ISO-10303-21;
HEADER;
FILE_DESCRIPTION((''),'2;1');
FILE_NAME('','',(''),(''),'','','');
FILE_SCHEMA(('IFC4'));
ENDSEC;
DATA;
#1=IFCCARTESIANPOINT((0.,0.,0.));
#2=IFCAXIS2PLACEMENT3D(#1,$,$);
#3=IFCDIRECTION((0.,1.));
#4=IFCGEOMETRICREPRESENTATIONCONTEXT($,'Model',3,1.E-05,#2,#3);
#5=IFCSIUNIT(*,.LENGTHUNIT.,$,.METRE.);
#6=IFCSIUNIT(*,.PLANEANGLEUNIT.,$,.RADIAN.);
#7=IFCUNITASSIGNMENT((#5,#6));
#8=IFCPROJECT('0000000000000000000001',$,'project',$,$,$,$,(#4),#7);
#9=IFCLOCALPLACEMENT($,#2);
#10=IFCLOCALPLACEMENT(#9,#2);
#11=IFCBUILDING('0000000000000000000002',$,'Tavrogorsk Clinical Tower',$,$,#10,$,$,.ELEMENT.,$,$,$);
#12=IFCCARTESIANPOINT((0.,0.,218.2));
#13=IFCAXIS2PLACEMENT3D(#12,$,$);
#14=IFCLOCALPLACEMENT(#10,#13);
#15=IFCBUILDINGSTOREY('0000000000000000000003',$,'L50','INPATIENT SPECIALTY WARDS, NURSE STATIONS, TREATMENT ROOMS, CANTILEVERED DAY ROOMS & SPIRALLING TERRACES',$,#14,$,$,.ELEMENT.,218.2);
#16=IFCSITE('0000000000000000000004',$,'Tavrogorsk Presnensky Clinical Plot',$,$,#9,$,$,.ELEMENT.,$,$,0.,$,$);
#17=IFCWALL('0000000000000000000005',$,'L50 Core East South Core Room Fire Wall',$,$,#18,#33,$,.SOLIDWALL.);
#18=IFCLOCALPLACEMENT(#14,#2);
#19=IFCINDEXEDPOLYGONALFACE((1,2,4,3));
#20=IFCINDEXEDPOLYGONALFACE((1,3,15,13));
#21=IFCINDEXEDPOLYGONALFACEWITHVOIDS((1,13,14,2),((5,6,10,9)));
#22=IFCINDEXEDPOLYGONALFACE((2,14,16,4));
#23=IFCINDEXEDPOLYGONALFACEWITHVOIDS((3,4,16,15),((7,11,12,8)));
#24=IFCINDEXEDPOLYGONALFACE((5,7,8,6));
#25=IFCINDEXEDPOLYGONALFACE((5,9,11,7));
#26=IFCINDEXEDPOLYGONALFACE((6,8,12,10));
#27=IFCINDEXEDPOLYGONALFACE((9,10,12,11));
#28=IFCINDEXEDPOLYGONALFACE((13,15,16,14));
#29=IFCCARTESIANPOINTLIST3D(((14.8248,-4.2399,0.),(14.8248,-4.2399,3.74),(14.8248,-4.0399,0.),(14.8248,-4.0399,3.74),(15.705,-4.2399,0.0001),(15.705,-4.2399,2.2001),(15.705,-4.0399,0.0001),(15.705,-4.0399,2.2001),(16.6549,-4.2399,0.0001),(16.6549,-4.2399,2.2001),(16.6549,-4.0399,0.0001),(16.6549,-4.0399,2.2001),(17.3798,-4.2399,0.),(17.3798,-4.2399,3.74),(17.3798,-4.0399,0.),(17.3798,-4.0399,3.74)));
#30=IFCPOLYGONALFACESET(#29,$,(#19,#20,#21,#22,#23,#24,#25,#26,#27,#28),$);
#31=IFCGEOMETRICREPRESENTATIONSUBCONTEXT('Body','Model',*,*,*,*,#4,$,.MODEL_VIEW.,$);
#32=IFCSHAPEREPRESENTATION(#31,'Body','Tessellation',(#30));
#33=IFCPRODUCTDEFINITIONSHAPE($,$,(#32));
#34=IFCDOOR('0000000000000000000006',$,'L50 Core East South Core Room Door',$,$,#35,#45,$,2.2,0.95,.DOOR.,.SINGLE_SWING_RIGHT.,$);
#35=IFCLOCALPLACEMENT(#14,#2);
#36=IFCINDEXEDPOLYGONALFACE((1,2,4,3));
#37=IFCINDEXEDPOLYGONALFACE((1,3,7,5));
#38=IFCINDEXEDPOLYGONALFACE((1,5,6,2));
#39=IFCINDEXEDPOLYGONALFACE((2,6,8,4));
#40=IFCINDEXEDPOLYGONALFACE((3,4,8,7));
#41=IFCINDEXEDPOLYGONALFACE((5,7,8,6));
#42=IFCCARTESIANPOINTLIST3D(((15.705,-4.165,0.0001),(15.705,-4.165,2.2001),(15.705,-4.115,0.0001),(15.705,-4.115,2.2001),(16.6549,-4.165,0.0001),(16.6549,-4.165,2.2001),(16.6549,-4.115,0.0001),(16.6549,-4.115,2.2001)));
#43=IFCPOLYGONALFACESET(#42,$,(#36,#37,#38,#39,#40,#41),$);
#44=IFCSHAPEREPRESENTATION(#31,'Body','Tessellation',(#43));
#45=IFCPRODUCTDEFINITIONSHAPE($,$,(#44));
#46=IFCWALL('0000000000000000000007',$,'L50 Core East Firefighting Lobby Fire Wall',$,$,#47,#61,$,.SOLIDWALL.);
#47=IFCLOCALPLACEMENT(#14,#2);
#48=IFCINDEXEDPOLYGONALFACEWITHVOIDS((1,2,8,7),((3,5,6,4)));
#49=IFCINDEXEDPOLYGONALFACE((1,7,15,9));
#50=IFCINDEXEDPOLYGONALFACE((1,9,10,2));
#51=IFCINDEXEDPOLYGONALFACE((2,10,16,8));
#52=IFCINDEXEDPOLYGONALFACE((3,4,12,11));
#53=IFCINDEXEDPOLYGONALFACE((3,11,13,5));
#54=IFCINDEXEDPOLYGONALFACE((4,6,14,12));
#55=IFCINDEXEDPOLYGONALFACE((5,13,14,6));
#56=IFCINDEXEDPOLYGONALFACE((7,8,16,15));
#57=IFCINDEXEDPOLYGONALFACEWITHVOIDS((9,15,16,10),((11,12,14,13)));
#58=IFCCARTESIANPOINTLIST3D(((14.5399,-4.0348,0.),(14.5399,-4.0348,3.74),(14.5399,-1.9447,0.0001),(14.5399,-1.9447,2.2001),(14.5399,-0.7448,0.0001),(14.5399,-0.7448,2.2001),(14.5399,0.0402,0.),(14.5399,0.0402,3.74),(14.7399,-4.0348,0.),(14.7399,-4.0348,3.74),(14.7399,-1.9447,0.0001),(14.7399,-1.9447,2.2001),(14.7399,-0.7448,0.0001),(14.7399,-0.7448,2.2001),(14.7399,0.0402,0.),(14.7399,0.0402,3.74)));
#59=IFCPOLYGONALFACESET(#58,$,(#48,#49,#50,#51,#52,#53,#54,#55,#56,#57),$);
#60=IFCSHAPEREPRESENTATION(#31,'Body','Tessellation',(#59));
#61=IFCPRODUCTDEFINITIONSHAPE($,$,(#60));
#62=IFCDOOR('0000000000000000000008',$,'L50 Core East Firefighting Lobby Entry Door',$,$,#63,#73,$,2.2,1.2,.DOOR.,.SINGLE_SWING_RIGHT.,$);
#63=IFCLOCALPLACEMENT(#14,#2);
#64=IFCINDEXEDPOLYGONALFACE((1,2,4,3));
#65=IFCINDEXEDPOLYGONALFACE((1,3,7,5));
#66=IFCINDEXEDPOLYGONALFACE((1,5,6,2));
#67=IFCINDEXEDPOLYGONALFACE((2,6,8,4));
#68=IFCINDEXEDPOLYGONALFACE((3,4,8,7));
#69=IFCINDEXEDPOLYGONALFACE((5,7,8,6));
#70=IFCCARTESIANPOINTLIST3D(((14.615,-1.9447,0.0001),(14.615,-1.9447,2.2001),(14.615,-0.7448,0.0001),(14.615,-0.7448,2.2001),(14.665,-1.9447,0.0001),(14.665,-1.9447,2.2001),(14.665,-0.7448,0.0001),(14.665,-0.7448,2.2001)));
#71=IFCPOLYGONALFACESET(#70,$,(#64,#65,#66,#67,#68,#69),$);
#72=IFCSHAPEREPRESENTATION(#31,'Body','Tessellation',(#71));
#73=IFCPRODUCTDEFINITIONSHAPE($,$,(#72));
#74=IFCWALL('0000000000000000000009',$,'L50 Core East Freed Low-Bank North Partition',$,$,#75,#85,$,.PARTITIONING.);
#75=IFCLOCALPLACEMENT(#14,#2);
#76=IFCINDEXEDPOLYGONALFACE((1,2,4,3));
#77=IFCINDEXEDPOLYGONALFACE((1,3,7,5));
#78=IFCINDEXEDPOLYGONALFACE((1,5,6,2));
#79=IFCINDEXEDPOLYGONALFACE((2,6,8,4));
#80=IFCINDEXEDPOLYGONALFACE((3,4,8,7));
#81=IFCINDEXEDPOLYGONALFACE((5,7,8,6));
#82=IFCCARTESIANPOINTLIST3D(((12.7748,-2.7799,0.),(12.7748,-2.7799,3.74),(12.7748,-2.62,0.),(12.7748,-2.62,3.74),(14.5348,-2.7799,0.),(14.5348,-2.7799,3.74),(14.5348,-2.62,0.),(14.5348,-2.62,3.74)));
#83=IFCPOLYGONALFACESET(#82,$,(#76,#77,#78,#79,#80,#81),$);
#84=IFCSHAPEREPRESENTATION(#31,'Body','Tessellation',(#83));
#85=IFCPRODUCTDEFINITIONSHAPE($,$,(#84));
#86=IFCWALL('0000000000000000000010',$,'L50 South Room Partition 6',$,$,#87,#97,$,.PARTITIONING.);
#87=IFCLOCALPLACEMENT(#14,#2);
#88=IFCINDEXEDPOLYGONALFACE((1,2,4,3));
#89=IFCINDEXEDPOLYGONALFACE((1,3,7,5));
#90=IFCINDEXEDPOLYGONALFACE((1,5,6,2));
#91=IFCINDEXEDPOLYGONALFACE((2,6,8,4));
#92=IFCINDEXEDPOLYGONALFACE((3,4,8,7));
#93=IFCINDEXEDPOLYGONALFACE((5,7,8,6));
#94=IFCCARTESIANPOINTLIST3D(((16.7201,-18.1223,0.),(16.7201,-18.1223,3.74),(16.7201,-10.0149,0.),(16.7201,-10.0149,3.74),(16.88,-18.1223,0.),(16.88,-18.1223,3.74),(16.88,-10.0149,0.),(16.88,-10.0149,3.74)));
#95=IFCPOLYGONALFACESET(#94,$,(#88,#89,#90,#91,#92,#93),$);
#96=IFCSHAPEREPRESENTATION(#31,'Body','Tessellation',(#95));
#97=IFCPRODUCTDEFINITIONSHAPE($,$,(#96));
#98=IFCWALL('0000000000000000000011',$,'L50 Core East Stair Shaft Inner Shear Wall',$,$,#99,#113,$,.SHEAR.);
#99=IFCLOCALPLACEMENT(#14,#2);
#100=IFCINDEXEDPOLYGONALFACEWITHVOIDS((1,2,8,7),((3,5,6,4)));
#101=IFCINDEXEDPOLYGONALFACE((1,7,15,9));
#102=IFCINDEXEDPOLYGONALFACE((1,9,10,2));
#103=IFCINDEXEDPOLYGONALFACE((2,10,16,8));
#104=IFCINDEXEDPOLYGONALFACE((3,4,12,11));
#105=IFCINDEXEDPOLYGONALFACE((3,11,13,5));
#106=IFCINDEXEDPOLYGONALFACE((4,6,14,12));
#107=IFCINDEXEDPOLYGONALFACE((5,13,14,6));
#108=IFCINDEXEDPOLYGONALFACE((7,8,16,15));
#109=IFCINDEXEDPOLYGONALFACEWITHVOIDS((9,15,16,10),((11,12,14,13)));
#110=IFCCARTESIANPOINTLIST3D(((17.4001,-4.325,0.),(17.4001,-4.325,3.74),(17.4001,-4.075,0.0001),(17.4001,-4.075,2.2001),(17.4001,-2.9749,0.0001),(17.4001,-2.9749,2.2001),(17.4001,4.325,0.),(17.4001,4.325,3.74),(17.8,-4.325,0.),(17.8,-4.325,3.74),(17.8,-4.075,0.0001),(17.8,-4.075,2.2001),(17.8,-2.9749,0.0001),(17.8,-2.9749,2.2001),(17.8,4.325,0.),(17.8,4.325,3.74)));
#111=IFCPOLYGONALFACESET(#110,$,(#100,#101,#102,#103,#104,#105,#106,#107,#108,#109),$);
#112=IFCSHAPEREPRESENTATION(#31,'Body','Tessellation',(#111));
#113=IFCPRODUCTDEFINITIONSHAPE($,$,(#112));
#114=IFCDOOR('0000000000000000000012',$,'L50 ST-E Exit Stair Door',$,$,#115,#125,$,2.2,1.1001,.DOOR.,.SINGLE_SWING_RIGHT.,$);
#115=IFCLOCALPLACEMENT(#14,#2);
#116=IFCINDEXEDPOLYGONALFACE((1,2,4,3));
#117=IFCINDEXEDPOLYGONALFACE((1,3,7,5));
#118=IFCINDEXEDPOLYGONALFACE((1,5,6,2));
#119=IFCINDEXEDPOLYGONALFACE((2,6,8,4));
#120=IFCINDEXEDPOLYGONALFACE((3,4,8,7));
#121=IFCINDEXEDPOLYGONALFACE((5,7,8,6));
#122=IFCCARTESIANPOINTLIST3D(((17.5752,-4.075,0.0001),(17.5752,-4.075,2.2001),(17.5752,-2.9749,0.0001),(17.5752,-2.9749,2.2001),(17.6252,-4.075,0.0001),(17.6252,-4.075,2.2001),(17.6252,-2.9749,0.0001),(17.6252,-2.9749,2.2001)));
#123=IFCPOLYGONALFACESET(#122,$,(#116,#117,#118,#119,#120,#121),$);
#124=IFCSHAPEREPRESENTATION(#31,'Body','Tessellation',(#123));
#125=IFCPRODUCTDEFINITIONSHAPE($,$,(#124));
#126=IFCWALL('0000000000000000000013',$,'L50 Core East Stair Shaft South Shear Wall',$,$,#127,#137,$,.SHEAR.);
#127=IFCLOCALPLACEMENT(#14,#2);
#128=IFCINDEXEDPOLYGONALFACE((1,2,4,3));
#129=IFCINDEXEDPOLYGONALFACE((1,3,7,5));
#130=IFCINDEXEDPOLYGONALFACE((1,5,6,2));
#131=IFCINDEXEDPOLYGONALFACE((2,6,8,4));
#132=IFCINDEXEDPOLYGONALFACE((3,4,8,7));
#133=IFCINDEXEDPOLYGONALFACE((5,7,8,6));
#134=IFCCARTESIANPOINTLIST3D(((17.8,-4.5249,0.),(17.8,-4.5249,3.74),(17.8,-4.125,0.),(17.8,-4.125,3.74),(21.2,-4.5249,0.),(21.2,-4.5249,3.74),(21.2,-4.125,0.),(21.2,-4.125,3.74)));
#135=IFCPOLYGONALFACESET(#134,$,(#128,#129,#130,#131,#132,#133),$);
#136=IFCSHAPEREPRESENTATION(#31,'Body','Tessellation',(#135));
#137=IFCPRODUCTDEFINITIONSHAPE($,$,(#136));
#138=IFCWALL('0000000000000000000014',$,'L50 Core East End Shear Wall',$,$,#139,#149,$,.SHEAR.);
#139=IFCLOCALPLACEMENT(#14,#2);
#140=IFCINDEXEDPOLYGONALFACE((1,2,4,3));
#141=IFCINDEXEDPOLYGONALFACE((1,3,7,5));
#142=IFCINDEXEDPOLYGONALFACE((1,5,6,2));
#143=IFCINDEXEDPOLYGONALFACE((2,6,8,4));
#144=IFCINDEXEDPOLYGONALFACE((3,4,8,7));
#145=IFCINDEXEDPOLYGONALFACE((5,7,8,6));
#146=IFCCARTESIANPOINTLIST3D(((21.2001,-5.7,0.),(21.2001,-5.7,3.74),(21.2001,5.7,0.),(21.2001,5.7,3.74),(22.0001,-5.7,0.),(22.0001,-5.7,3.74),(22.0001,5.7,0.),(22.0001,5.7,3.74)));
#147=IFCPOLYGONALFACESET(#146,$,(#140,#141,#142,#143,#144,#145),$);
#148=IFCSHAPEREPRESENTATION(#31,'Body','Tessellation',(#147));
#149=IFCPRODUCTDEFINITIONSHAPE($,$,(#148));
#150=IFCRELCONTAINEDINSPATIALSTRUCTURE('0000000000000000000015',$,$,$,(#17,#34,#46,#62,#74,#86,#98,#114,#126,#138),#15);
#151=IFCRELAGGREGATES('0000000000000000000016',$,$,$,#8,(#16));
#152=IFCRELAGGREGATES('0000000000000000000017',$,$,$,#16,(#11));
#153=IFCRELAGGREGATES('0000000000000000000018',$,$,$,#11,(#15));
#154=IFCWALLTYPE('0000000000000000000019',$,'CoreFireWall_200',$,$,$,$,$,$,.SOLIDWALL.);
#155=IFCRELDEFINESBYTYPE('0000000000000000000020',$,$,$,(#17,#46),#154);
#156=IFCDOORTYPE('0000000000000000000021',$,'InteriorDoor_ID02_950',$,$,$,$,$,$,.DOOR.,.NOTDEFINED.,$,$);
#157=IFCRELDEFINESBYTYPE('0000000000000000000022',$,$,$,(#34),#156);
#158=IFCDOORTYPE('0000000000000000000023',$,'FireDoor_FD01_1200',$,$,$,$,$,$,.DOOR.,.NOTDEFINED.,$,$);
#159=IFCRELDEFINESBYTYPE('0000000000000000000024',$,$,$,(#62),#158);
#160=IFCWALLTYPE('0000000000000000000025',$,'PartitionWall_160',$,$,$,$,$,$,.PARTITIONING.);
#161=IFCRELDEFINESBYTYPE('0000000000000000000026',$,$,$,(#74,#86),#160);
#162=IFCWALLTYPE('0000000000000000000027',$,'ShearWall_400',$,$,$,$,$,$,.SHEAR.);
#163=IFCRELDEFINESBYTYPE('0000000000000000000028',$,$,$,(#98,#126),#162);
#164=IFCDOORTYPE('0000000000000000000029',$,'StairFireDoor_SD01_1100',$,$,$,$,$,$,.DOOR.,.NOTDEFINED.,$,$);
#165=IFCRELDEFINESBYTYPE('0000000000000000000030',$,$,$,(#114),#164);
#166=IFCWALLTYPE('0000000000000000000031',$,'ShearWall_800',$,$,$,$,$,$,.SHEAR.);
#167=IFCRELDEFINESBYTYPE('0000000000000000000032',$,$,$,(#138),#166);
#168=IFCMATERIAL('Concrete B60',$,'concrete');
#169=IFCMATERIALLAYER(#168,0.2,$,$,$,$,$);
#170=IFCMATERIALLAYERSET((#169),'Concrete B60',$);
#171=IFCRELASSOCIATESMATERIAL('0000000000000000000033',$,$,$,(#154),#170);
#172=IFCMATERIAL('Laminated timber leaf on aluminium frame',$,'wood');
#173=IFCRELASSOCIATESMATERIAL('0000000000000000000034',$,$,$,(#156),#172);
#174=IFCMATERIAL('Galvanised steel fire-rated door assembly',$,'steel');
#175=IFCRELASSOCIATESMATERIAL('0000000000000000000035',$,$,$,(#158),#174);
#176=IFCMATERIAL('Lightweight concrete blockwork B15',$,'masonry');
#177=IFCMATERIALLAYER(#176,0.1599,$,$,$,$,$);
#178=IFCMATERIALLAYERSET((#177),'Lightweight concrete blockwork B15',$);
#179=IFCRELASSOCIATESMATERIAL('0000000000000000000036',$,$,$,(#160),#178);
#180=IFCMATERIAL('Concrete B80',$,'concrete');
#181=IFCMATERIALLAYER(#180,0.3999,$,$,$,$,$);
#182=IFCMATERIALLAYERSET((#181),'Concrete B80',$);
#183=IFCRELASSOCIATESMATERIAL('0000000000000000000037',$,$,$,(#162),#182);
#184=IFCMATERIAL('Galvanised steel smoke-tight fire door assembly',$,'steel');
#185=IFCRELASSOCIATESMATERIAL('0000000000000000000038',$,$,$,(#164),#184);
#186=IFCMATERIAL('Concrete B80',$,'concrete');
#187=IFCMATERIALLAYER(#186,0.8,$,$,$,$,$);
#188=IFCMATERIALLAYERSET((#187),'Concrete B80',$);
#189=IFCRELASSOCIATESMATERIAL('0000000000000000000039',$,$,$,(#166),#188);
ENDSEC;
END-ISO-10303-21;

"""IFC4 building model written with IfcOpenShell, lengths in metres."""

from ifc_helpers import new_model, si_unit, direction, frame, frame_2d, origin, place, context, subcontext, project, spatial, rectangle, extrude, material, layer, layer_set, type_object, element, fill, save


model = new_model("IFC4")

# Units and contexts
model_context = context("Model", 3, precision=1e-05, world=origin(), true_north=direction((0.0, 1.0)))
body_context = subcontext(model_context, "Body", "Model", "MODEL_VIEW")
ifc_project = project(units=[si_unit("LENGTHUNIT", "METRE"), si_unit("PLANEANGLEUNIT", "RADIAN")], contexts=[model_context])

# Site, building, storey
site_placement = place(None, origin())
site = spatial("IfcSite", under=ifc_project, at=site_placement, Name="Tavrogorsk Presnensky Clinical Plot", CompositionType="ELEMENT", RefElevation=0.0)
building_placement = place(site_placement, origin())
building = spatial("IfcBuilding", under=site, at=building_placement, Name="Tavrogorsk Clinical Tower", CompositionType="ELEMENT")
storey_placement = place(building_placement, frame((0.0, 0.0, 218.2)))
storey = spatial("IfcBuildingStorey", under=building, at=storey_placement, Name="L50", Description="INPATIENT SPECIALTY WARDS, NURSE STATIONS, TREATMENT ROOMS, CANTILEVERED DAY ROOMS & SPIRALLING TERRACES", CompositionType="ELEMENT", Elevation=218.2)

# Walls, openings, doors
ifc_material_1 = material(Name="Concrete B60", Category="concrete")
ifc_layer_1 = layer(ifc_material_1, 0.2)
ifc_layer_set_1 = layer_set([ifc_layer_1], Name="Concrete B60")
wall_type_1 = type_object("IfcWallType", Name="CoreFireWall_200", PredefinedType="SOLIDWALL", material=ifc_layer_set_1)
wall_1_placement = place(storey_placement, frame((14.825, -4.1399, 0.0), z_axis=(0.0, 0.0, 1.0), x_axis=(1.0, 0.0, 0.0)))
wall_1 = element("IfcWall", 1, at=wall_1_placement, inside=storey, type_object=wall_type_1, Name="L50 Core East South Core Room Fire Wall", PredefinedType="SOLIDWALL", context=body_context, shape_type="SweptSolid", body=[
    extrude(rectangle(XDim=2.5549, YDim=0.2, at=frame_2d((1.2773, 0.0))), origin(), (0.0, 0.0, 1.0), 3.74),
])
opening_1_placement = place(wall_1_placement, frame((0.8799, 0.0, 0.0)))
opening_1 = element("IfcOpeningElement", 2, at=opening_1_placement, cuts=wall_1, PredefinedType="OPENING", context=body_context, shape_type="SweptSolid", body=[
    extrude(rectangle(XDim=0.95, YDim=2.2, at=frame_2d((0.4751, 1.1001))), frame((0.0, 0.1099, 0.0), z_axis=(0.0, -1.0, 0.0), x_axis=(1.0, 0.0, 0.0)), (0.0, 0.0, 1.0), 0.22),
])
ifc_material_2 = material(Name="Laminated timber leaf on aluminium frame", Category="wood")
door_type_1 = type_object("IfcDoorType", Name="InteriorDoor_ID02_950", OperationType="NOTDEFINED", PredefinedType="DOOR", material=ifc_material_2)
door_1_placement = place(opening_1_placement, origin())
door_1 = element("IfcDoor", 3, at=door_1_placement, inside=storey, type_object=door_type_1, Name="L50 Core East South Core Room Door", OperationType="SINGLE_SWING_RIGHT", OverallHeight=2.2, OverallWidth=0.95, PredefinedType="DOOR", context=body_context, shape_type="SweptSolid", body=[
    extrude(rectangle(XDim=0.95, YDim=2.2, at=frame_2d((0.4751, 1.1001))), frame((0.0, 0.0249, 0.0), z_axis=(0.0, -1.0, 0.0), x_axis=(1.0, 0.0, 0.0)), (0.0, 0.0, 1.0), 0.05),
])
fill(opening_1, door_1)
wall_2_placement = place(storey_placement, frame((14.6399, -4.0349, 0.0), z_axis=(0.0, 0.0, 1.0), x_axis=(0.0, 1.0, 0.0)))
wall_2 = element("IfcWall", 4, at=wall_2_placement, inside=storey, type_object=wall_type_1, Name="L50 Core East Firefighting Lobby Fire Wall", PredefinedType="SOLIDWALL", context=body_context, shape_type="SweptSolid", body=[
    extrude(rectangle(XDim=4.075, YDim=0.2, at=frame_2d((2.0376, 0.0))), origin(), (0.0, 0.0, 1.0), 3.74),
])
opening_2_placement = place(wall_2_placement, frame((2.0901, 0.0, 0.0)))
opening_2 = element("IfcOpeningElement", 5, at=opening_2_placement, cuts=wall_2, PredefinedType="OPENING", context=body_context, shape_type="SweptSolid", body=[
    extrude(rectangle(XDim=1.2, YDim=2.2, at=frame_2d((0.6001, 1.1001))), frame((0.0, 0.1099, 0.0), z_axis=(0.0, -1.0, 0.0), x_axis=(1.0, 0.0, 0.0)), (0.0, 0.0, 1.0), 0.22),
])
ifc_material_3 = material(Name="Galvanised steel fire-rated door assembly", Category="steel")
door_type_2 = type_object("IfcDoorType", Name="FireDoor_FD01_1200", OperationType="NOTDEFINED", PredefinedType="DOOR", material=ifc_material_3)
door_2_placement = place(opening_2_placement, origin())
door_2 = element("IfcDoor", 6, at=door_2_placement, inside=storey, type_object=door_type_2, Name="L50 Core East Firefighting Lobby Entry Door", OperationType="SINGLE_SWING_RIGHT", OverallHeight=2.2, OverallWidth=1.2, PredefinedType="DOOR", context=body_context, shape_type="SweptSolid", body=[
    extrude(rectangle(XDim=1.2, YDim=2.2, at=frame_2d((0.6001, 1.1001))), frame((0.0, 0.0249, 0.0), z_axis=(0.0, -1.0, 0.0), x_axis=(1.0, 0.0, 0.0)), (0.0, 0.0, 1.0), 0.05),
])
fill(opening_2, door_2)

# Walls
ifc_material_4 = material(Name="Lightweight concrete blockwork B15", Category="masonry")
ifc_layer_2 = layer(ifc_material_4, 0.1599)
ifc_layer_set_2 = layer_set([ifc_layer_2], Name="Lightweight concrete blockwork B15")
wall_type_2 = type_object("IfcWallType", Name="PartitionWall_160", PredefinedType="PARTITIONING", material=ifc_layer_set_2)
wall_3_placement = place(storey_placement, frame((12.7749, -2.7, 0.0), z_axis=(0.0, 0.0, 1.0), x_axis=(1.0, 0.0, 0.0)))
element("IfcWall", 7, at=wall_3_placement, inside=storey, type_object=wall_type_2, Name="L50 Core East Freed Low-Bank North Partition", PredefinedType="PARTITIONING", context=body_context, shape_type="SweptSolid", body=[
    extrude(rectangle(XDim=1.76, YDim=0.1599, at=frame_2d((0.8799, 0.0))), origin(), (0.0, 0.0, 1.0), 3.74),
])
wall_4_placement = place(storey_placement, frame((16.8, -18.1223, 0.0), z_axis=(0.0, 0.0, 1.0), x_axis=(0.0, 1.0, 0.0)))
element("IfcWall", 8, at=wall_4_placement, inside=storey, type_object=wall_type_2, Name="L50 South Room Partition 6", PredefinedType="PARTITIONING", context=body_context, shape_type="SweptSolid", body=[
    extrude(rectangle(XDim=8.1074, YDim=0.1599, at=frame_2d((4.0537, 0.0))), origin(), (0.0, 0.0, 1.0), 3.74),
])

# Wall, opening, door
ifc_material_5 = material(Name="Concrete B80", Category="concrete")
ifc_layer_3 = layer(ifc_material_5, 0.3999)
ifc_layer_set_3 = layer_set([ifc_layer_3], Name="Concrete B80")
wall_type_3 = type_object("IfcWallType", Name="ShearWall_400", PredefinedType="SHEAR", material=ifc_layer_set_3)
wall_5_placement = place(storey_placement, frame((17.6001, -4.325, 0.0), z_axis=(0.0, 0.0, 1.0), x_axis=(0.0, 1.0, 0.0)))
wall_5 = element("IfcWall", 9, at=wall_5_placement, inside=storey, type_object=wall_type_3, Name="L50 Core East Stair Shaft Inner Shear Wall", PredefinedType="SHEAR", context=body_context, shape_type="SweptSolid", body=[
    extrude(rectangle(XDim=8.6499, YDim=0.3999, at=frame_2d((4.325, 0.0))), origin(), (0.0, 0.0, 1.0), 3.74),
])
opening_3_placement = place(wall_5_placement, frame((0.25, 0.0, 0.0)))
opening_3 = element("IfcOpeningElement", 10, at=opening_3_placement, cuts=wall_5, PredefinedType="OPENING", context=body_context, shape_type="SweptSolid", body=[
    extrude(rectangle(XDim=1.1001, YDim=2.2, at=frame_2d((0.55, 1.1001))), frame((0.0, 0.21, 0.0), z_axis=(0.0, -1.0, 0.0), x_axis=(1.0, 0.0, 0.0)), (0.0, 0.0, 1.0), 0.4199),
])
ifc_material_6 = material(Name="Galvanised steel smoke-tight fire door assembly", Category="steel")
door_type_3 = type_object("IfcDoorType", Name="StairFireDoor_SD01_1100", OperationType="NOTDEFINED", PredefinedType="DOOR", material=ifc_material_6)
door_3_placement = place(opening_3_placement, origin())
door_3 = element("IfcDoor", 11, at=door_3_placement, inside=storey, type_object=door_type_3, Name="L50 ST-E Exit Stair Door", OperationType="SINGLE_SWING_RIGHT", OverallHeight=2.2, OverallWidth=1.1001, PredefinedType="DOOR", context=body_context, shape_type="SweptSolid", body=[
    extrude(rectangle(XDim=1.1001, YDim=2.2, at=frame_2d((0.55, 1.1001))), frame((0.0, 0.0249, 0.0), z_axis=(0.0, -1.0, 0.0), x_axis=(1.0, 0.0, 0.0)), (0.0, 0.0, 1.0), 0.05),
])
fill(opening_3, door_3)

# Walls
wall_6_placement = place(storey_placement, frame((17.8, -4.325, 0.0), z_axis=(0.0, 0.0, 1.0), x_axis=(1.0, 0.0, 0.0)))
element("IfcWall", 12, at=wall_6_placement, inside=storey, type_object=wall_type_3, Name="L50 Core East Stair Shaft South Shear Wall", PredefinedType="SHEAR", context=body_context, shape_type="SweptSolid", body=[
    extrude(rectangle(XDim=3.3999, YDim=0.3999, at=frame_2d((1.7, 0.0))), origin(), (0.0, 0.0, 1.0), 3.74),
])
ifc_material_7 = material(Name="Concrete B80", Category="concrete")
ifc_layer_4 = layer(ifc_material_7, 0.8)
ifc_layer_set_4 = layer_set([ifc_layer_4], Name="Concrete B80")
wall_type_4 = type_object("IfcWallType", Name="ShearWall_800", PredefinedType="SHEAR", material=ifc_layer_set_4)
wall_7_placement = place(storey_placement, frame((21.6001, -5.7, 0.0), z_axis=(0.0, 0.0, 1.0), x_axis=(0.0, 1.0, 0.0)))
element("IfcWall", 13, at=wall_7_placement, inside=storey, type_object=wall_type_4, Name="L50 Core East End Shear Wall", PredefinedType="SHEAR", context=body_context, shape_type="SweptSolid", body=[
    extrude(rectangle(XDim=11.3999, YDim=0.8, at=frame_2d((5.7, 0.0))), origin(), (0.0, 0.0, 1.0), 3.74),
])

save(model, "model.ifc")
